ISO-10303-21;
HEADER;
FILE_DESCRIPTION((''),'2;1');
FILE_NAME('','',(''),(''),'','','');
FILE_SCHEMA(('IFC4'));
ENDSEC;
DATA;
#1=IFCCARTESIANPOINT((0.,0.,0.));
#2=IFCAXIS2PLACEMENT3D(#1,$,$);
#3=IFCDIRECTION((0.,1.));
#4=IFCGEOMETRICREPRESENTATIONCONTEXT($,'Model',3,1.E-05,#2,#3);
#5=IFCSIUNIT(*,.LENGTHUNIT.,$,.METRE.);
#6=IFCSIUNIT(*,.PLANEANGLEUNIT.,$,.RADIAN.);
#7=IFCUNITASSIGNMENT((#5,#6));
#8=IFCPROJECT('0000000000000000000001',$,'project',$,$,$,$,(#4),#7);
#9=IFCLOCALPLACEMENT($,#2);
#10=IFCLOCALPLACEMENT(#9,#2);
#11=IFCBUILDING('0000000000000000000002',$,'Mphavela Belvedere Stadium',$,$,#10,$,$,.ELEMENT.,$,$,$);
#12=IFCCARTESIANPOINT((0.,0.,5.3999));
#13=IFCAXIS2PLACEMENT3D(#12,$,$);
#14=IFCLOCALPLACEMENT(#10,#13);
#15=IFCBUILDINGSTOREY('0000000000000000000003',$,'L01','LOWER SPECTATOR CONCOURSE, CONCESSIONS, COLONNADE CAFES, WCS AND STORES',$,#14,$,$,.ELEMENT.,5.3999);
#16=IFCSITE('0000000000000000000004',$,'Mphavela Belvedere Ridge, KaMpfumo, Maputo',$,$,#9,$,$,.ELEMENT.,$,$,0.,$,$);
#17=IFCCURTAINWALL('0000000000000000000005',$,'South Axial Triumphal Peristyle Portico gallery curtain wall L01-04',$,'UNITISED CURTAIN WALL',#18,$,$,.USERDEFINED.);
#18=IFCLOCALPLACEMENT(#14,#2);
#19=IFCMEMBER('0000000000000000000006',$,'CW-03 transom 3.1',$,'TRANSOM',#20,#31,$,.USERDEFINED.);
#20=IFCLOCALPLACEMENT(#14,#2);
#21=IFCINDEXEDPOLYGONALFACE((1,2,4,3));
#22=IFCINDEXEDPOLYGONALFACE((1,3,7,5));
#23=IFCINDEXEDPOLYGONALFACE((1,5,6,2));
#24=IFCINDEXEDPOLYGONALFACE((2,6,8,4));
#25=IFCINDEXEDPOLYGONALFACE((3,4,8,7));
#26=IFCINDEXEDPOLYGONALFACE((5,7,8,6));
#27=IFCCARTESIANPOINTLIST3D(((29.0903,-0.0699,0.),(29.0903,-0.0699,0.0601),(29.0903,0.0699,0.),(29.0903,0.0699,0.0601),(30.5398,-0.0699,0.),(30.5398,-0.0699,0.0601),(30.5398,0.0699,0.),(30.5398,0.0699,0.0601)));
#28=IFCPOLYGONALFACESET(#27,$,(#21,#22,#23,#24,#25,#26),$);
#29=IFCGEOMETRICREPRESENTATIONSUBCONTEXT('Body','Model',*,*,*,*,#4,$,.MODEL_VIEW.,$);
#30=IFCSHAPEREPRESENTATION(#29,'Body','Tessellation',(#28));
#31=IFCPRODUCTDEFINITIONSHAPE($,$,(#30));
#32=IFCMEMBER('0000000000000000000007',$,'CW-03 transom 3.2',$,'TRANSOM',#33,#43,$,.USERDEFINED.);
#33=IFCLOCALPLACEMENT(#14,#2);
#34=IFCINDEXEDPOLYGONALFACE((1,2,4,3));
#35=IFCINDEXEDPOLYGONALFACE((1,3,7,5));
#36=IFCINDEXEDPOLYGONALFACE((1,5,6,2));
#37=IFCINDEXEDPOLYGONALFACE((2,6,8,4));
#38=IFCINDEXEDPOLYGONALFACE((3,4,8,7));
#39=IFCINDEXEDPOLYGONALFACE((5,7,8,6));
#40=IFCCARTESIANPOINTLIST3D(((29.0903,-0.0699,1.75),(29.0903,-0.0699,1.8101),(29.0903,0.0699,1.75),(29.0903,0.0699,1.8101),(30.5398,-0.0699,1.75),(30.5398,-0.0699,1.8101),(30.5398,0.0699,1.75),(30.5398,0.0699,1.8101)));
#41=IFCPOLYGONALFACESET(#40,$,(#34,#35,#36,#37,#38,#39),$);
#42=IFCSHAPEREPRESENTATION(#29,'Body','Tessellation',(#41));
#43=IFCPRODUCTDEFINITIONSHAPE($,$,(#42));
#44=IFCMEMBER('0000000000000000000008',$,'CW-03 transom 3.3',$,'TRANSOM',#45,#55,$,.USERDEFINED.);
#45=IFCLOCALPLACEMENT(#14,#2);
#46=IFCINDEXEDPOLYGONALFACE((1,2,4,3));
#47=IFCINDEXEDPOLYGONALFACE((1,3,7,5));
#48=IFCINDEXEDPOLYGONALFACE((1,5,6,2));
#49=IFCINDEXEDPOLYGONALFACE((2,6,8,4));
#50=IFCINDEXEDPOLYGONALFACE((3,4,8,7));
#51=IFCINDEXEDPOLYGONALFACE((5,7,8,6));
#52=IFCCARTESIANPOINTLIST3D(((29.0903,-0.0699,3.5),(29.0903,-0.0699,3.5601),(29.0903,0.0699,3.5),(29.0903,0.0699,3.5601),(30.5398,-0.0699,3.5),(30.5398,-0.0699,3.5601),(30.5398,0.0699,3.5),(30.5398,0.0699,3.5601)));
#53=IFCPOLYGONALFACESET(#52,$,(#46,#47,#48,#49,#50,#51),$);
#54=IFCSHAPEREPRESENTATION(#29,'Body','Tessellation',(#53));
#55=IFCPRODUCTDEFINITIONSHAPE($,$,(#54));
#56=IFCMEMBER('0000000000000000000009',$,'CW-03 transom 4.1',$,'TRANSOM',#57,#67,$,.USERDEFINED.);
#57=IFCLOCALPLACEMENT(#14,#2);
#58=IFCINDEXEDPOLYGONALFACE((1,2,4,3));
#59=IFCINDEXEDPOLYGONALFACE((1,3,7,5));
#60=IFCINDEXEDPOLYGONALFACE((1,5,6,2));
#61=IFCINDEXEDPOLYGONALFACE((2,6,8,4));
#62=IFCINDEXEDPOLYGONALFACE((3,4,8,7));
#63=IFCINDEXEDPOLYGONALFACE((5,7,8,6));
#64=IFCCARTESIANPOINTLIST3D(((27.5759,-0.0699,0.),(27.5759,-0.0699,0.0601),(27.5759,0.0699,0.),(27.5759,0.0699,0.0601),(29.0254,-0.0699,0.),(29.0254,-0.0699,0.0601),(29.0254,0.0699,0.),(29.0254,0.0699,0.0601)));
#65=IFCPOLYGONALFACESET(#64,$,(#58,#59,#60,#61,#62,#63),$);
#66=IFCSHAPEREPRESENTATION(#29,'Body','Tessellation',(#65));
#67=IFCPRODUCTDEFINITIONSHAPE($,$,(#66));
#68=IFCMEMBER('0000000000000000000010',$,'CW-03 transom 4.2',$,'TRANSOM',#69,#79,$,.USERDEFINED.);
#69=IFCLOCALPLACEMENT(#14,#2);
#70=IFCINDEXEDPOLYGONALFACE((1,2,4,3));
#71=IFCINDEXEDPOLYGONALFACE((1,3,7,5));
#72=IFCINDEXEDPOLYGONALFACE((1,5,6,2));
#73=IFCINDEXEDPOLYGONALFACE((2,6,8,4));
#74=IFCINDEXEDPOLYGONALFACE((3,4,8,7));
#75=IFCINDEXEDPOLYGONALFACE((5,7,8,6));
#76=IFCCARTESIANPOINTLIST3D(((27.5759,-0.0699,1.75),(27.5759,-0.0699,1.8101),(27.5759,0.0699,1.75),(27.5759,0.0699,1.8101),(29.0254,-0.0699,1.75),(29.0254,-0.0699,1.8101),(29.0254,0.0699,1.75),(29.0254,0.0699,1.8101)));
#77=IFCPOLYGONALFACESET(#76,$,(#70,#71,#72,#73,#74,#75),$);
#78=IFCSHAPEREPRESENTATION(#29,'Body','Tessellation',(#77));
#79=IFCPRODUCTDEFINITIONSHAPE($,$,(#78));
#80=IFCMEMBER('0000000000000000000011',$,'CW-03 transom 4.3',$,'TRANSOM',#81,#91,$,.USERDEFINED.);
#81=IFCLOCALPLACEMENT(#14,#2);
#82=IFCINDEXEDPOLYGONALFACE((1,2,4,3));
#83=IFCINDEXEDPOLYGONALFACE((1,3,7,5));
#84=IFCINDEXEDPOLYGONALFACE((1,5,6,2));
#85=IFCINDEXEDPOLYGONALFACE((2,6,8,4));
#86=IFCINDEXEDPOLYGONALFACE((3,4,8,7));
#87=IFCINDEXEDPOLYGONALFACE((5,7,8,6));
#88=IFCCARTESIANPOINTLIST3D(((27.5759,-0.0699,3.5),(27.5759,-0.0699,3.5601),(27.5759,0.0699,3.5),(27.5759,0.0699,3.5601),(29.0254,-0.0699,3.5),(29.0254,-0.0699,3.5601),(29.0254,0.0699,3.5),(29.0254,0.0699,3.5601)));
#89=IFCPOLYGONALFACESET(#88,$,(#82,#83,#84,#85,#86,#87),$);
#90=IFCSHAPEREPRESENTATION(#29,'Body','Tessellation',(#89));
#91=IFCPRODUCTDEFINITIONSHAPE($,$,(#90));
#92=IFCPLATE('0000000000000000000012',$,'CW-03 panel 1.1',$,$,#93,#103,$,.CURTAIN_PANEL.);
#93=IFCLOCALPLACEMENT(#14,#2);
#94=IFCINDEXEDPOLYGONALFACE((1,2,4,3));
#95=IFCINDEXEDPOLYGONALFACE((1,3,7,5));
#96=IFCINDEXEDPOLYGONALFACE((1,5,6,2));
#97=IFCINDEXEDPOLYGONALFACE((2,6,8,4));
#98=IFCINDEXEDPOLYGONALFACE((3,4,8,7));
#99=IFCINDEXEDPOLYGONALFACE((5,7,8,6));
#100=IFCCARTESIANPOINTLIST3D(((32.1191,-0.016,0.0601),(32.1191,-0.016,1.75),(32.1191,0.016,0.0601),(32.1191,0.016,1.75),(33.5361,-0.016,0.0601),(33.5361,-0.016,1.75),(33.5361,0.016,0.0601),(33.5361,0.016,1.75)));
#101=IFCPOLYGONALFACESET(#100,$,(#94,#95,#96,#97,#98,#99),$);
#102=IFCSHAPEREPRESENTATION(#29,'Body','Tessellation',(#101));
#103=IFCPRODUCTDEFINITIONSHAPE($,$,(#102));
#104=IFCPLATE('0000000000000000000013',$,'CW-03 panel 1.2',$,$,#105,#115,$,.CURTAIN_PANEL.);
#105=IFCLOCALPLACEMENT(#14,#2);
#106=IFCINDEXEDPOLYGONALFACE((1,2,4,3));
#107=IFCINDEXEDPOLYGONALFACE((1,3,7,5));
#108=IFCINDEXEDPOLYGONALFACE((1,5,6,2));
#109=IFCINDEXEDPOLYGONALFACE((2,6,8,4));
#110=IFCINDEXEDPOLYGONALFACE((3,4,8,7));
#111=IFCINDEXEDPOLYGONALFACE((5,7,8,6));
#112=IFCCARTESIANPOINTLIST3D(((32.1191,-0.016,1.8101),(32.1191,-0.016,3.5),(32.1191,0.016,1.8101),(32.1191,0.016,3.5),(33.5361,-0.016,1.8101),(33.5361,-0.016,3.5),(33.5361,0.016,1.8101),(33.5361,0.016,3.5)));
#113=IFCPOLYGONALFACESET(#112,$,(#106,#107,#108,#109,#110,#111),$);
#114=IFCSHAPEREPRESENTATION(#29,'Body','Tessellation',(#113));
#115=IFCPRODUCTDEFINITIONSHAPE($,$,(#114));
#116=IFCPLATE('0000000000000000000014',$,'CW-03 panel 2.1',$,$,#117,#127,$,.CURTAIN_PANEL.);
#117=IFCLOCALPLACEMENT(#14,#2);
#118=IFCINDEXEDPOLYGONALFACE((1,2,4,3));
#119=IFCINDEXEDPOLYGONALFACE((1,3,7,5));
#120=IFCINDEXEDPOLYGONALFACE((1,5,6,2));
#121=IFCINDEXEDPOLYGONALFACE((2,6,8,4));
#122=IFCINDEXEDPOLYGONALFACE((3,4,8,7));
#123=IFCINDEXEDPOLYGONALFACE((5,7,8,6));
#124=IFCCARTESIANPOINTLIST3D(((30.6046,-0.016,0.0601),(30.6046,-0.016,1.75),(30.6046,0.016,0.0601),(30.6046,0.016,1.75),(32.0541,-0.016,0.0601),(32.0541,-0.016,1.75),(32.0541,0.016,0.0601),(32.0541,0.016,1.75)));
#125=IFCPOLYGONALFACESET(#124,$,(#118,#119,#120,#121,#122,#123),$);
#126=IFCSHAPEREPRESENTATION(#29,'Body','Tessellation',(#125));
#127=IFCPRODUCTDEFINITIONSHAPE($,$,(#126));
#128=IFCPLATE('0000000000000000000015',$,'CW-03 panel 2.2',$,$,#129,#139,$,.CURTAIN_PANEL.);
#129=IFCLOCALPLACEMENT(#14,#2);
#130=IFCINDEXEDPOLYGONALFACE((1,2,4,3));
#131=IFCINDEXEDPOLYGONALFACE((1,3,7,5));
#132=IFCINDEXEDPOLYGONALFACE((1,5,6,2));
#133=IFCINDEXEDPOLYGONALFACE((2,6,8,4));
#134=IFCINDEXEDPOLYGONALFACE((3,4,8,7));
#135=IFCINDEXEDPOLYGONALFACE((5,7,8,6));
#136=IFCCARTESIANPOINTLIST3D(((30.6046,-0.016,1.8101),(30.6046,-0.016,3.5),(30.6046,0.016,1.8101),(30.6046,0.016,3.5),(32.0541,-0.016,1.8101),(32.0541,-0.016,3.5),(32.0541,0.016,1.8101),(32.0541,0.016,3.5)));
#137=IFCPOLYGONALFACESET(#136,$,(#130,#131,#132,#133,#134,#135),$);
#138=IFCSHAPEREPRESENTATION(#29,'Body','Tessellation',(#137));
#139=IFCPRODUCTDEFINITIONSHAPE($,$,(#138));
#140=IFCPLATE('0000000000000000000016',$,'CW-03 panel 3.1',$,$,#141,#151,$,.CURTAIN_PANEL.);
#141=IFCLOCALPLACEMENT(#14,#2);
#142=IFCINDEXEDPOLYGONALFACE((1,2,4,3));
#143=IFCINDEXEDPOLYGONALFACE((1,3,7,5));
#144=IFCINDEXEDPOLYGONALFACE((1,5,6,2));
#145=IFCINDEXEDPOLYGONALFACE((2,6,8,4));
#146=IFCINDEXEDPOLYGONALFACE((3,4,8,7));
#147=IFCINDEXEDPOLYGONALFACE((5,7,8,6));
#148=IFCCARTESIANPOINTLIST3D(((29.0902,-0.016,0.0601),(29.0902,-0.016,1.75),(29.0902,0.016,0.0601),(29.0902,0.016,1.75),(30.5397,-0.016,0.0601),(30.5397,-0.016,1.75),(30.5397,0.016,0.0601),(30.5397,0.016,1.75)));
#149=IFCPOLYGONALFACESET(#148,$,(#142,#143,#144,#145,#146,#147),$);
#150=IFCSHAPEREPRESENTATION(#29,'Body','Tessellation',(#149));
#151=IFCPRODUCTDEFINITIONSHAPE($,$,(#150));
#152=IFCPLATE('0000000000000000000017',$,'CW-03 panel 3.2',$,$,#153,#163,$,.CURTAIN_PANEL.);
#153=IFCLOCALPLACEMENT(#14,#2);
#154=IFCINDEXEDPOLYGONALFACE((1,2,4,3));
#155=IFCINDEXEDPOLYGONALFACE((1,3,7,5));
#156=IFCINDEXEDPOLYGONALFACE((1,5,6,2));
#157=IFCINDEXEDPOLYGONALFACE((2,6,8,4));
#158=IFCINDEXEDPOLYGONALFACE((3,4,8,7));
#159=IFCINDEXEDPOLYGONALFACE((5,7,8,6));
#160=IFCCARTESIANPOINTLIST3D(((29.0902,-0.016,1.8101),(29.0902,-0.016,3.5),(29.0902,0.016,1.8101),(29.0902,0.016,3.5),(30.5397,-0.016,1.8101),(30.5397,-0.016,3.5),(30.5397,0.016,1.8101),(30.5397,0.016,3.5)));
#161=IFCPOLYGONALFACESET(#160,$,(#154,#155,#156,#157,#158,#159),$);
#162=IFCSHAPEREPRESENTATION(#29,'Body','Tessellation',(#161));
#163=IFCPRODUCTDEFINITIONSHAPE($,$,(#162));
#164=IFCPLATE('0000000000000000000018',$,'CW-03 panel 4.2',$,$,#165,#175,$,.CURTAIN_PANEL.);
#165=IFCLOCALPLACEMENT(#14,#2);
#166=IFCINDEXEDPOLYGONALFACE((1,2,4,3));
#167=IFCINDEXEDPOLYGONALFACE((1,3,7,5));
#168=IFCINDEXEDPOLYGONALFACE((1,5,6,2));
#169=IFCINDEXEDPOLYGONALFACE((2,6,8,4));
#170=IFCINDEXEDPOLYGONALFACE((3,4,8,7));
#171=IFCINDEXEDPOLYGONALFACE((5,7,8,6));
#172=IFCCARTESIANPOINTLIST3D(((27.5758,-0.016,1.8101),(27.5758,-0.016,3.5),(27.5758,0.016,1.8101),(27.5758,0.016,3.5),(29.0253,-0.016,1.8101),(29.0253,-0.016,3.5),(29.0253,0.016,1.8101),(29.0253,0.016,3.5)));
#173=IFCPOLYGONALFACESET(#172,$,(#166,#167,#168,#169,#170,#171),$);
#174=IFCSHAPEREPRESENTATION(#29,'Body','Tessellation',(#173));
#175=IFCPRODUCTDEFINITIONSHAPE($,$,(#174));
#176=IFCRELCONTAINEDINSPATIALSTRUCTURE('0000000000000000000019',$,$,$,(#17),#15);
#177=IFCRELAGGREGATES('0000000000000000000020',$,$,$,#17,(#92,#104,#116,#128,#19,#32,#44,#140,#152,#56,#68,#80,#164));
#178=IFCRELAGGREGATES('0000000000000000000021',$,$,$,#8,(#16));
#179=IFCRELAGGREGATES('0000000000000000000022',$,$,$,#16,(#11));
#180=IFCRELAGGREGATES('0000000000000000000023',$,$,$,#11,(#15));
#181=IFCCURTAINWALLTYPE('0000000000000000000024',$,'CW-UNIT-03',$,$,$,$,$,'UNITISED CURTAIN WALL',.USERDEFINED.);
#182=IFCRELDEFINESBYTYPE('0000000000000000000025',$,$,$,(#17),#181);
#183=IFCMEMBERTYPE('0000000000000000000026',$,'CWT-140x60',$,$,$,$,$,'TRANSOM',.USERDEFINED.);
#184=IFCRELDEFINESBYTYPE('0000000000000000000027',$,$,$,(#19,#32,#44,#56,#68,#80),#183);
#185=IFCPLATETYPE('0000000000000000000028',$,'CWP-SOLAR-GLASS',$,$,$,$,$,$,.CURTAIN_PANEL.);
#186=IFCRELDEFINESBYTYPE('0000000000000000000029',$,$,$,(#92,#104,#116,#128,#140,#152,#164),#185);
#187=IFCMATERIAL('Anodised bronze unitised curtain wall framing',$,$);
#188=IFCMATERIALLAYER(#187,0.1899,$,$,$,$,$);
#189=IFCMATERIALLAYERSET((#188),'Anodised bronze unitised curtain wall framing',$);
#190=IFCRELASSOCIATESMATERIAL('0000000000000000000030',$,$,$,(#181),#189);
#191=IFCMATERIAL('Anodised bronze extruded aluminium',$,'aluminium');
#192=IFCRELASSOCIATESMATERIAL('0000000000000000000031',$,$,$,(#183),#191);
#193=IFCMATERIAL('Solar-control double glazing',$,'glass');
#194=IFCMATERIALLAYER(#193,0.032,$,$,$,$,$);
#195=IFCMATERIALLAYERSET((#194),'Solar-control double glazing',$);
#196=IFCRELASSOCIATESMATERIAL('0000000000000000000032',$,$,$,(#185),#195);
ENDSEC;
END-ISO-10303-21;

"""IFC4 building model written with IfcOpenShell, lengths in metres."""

from ifc_helpers import new_model, si_unit, direction, frame, origin, origin_2d, place, context, subcontext, project, spatial, rectangle, extrude, material, layer, layer_set, material_profile, profile_set, type_object, element, aggregate, save


model = new_model("IFC4")

# Units and contexts
model_context = context("Model", 3, precision=1e-05, world=origin(), true_north=direction((0.0, 1.0)))
body_context = subcontext(model_context, "Body", "Model", "MODEL_VIEW")
ifc_project = project(units=[si_unit("LENGTHUNIT", "METRE"), si_unit("PLANEANGLEUNIT", "RADIAN")], contexts=[model_context])

# Site, building, storey
site_placement = place(None, origin())
site = spatial("IfcSite", under=ifc_project, at=site_placement, Name="Mphavela Belvedere Ridge, KaMpfumo, Maputo", CompositionType="ELEMENT", RefElevation=0.0)
building_placement = place(site_placement, origin())
building = spatial("IfcBuilding", under=site, at=building_placement, Name="Mphavela Belvedere Stadium", CompositionType="ELEMENT")
storey_placement = place(building_placement, frame((0.0, 0.0, 5.3999)))
storey = spatial("IfcBuildingStorey", under=building, at=storey_placement, Name="L01", Description="LOWER SPECTATOR CONCOURSE, CONCESSIONS, COLONNADE CAFES, WCS AND STORES", CompositionType="ELEMENT", Elevation=5.3999)

# Curtain wall, members, plates
ifc_material_1 = material(Name="Anodised bronze unitised curtain wall framing")
ifc_layer_1 = layer(ifc_material_1, 0.1899)
ifc_layer_set_1 = layer_set([ifc_layer_1], Name="Anodised bronze unitised curtain wall framing")
curtain_wall_type = type_object("IfcCurtainWallType", Name="CW-UNIT-03", ElementType="UNITISED CURTAIN WALL", PredefinedType="USERDEFINED", material=ifc_layer_set_1)
curtain_wall_placement = place(storey_placement, origin())
curtain_wall = element("IfcCurtainWall", 1, at=curtain_wall_placement, inside=storey, type_object=curtain_wall_type, Name="South Axial Triumphal Peristyle Portico gallery curtain wall L01-04", ObjectType="UNITISED CURTAIN WALL", PredefinedType="USERDEFINED")
ifc_material_2 = material(Name="Anodised bronze extruded aluminium", Category="aluminium")
ifc_material_profile_1 = material_profile(ifc_material_2, rectangle(XDim=0.1399, YDim=0.0601, at=origin_2d()), Name="CW-TRN 140x60")
ifc_profile_set_1 = profile_set([ifc_material_profile_1], Name="Anodised bronze extruded aluminium")
member_type_1 = type_object("IfcMemberType", Name="CWT-140x60", ElementType="TRANSOM", PredefinedType="USERDEFINED", material=ifc_profile_set_1)
member_1_placement = place(storey_placement, frame((30.5398, 0.0, 0.03), z_axis=(-1.0, 0.0, 0.0), x_axis=(0.0, -1.0, 0.0)))
member_1 = element("IfcMember", 2, at=member_1_placement, type_object=member_type_1, Name="CW-03 transom 3.1", ObjectType="TRANSOM", PredefinedType="USERDEFINED", context=body_context, shape_type="SweptSolid", body=[
    extrude(rectangle(XDim=0.1399, YDim=0.0601, at=origin_2d()), origin(), (0.0, 0.0, 1.0), 1.4495),
])
member_2_placement = place(storey_placement, frame((30.5398, 0.0, 1.78), z_axis=(-1.0, 0.0, 0.0), x_axis=(0.0, -1.0, 0.0)))
member_2 = element("IfcMember", 3, at=member_2_placement, type_object=member_type_1, Name="CW-03 transom 3.2", ObjectType="TRANSOM", PredefinedType="USERDEFINED", context=body_context, shape_type="SweptSolid", body=[
    extrude(rectangle(XDim=0.1399, YDim=0.0601, at=origin_2d()), origin(), (0.0, 0.0, 1.0), 1.4495),
])
member_3_placement = place(storey_placement, frame((30.5398, 0.0, 3.53), z_axis=(-1.0, 0.0, 0.0), x_axis=(0.0, -1.0, 0.0)))
member_3 = element("IfcMember", 4, at=member_3_placement, type_object=member_type_1, Name="CW-03 transom 3.3", ObjectType="TRANSOM", PredefinedType="USERDEFINED", context=body_context, shape_type="SweptSolid", body=[
    extrude(rectangle(XDim=0.1399, YDim=0.0601, at=origin_2d()), origin(), (0.0, 0.0, 1.0), 1.4495),
])
member_4_placement = place(storey_placement, frame((29.0254, 0.0, 0.03), z_axis=(-1.0, 0.0, 0.0), x_axis=(0.0, -1.0, 0.0)))
member_4 = element("IfcMember", 5, at=member_4_placement, type_object=member_type_1, Name="CW-03 transom 4.1", ObjectType="TRANSOM", PredefinedType="USERDEFINED", context=body_context, shape_type="SweptSolid", body=[
    extrude(rectangle(XDim=0.1399, YDim=0.0601, at=origin_2d()), origin(), (0.0, 0.0, 1.0), 1.4495),
])
member_5_placement = place(storey_placement, frame((29.0254, 0.0, 1.78), z_axis=(-1.0, 0.0, 0.0), x_axis=(0.0, -1.0, 0.0)))
member_5 = element("IfcMember", 6, at=member_5_placement, type_object=member_type_1, Name="CW-03 transom 4.2", ObjectType="TRANSOM", PredefinedType="USERDEFINED", context=body_context, shape_type="SweptSolid", body=[
    extrude(rectangle(XDim=0.1399, YDim=0.0601, at=origin_2d()), origin(), (0.0, 0.0, 1.0), 1.4495),
])
member_6_placement = place(storey_placement, frame((29.0254, 0.0, 3.53), z_axis=(-1.0, 0.0, 0.0), x_axis=(0.0, -1.0, 0.0)))
member_6 = element("IfcMember", 7, at=member_6_placement, type_object=member_type_1, Name="CW-03 transom 4.3", ObjectType="TRANSOM", PredefinedType="USERDEFINED", context=body_context, shape_type="SweptSolid", body=[
    extrude(rectangle(XDim=0.1399, YDim=0.0601, at=origin_2d()), origin(), (0.0, 0.0, 1.0), 1.4495),
])
ifc_material_3 = material(Name="Solar-control double glazing", Category="glass")
ifc_layer_2 = layer(ifc_material_3, 0.032)
ifc_layer_set_2 = layer_set([ifc_layer_2], Name="Solar-control double glazing")
plate_type = type_object("IfcPlateType", Name="CWP-SOLAR-GLASS", PredefinedType="CURTAIN_PANEL", material=ifc_layer_set_2)
plate_1_placement = place(storey_placement, frame((32.8276, 0.0, 0.0601), z_axis=(0.0, 0.0, 1.0), x_axis=(-1.0, 0.0, 0.0)))
plate_1 = element("IfcPlate", 8, at=plate_1_placement, type_object=plate_type, Name="CW-03 panel 1.1", PredefinedType="CURTAIN_PANEL", context=body_context, shape_type="SweptSolid", body=[
    extrude(rectangle(XDim=1.417, YDim=0.032, at=origin_2d()), origin(), (0.0, 0.0, 1.0), 1.6899),
])
plate_2_placement = place(storey_placement, frame((32.8276, 0.0, 1.8101), z_axis=(0.0, 0.0, 1.0), x_axis=(-1.0, 0.0, 0.0)))
plate_2 = element("IfcPlate", 9, at=plate_2_placement, type_object=plate_type, Name="CW-03 panel 1.2", PredefinedType="CURTAIN_PANEL", context=body_context, shape_type="SweptSolid", body=[
    extrude(rectangle(XDim=1.417, YDim=0.032, at=origin_2d()), origin(), (0.0, 0.0, 1.0), 1.6899),
])
plate_3_placement = place(storey_placement, frame((31.3293, 0.0, 0.0601), z_axis=(0.0, 0.0, 1.0), x_axis=(-1.0, 0.0, 0.0)))
plate_3 = element("IfcPlate", 10, at=plate_3_placement, type_object=plate_type, Name="CW-03 panel 2.1", PredefinedType="CURTAIN_PANEL", context=body_context, shape_type="SweptSolid", body=[
    extrude(rectangle(XDim=1.4495, YDim=0.032, at=origin_2d()), origin(), (0.0, 0.0, 1.0), 1.6899),
])
plate_4_placement = place(storey_placement, frame((31.3293, 0.0, 1.8101), z_axis=(0.0, 0.0, 1.0), x_axis=(-1.0, 0.0, 0.0)))
plate_4 = element("IfcPlate", 11, at=plate_4_placement, type_object=plate_type, Name="CW-03 panel 2.2", PredefinedType="CURTAIN_PANEL", context=body_context, shape_type="SweptSolid", body=[
    extrude(rectangle(XDim=1.4495, YDim=0.032, at=origin_2d()), origin(), (0.0, 0.0, 1.0), 1.6899),
])
plate_5_placement = place(storey_placement, frame((29.8149, 0.0, 0.0601), z_axis=(0.0, 0.0, 1.0), x_axis=(-1.0, 0.0, 0.0)))
plate_5 = element("IfcPlate", 12, at=plate_5_placement, type_object=plate_type, Name="CW-03 panel 3.1", PredefinedType="CURTAIN_PANEL", context=body_context, shape_type="SweptSolid", body=[
    extrude(rectangle(XDim=1.4495, YDim=0.032, at=origin_2d()), origin(), (0.0, 0.0, 1.0), 1.6899),
])
plate_6_placement = place(storey_placement, frame((29.8149, 0.0, 1.8101), z_axis=(0.0, 0.0, 1.0), x_axis=(-1.0, 0.0, 0.0)))
plate_6 = element("IfcPlate", 13, at=plate_6_placement, type_object=plate_type, Name="CW-03 panel 3.2", PredefinedType="CURTAIN_PANEL", context=body_context, shape_type="SweptSolid", body=[
    extrude(rectangle(XDim=1.4495, YDim=0.032, at=origin_2d()), origin(), (0.0, 0.0, 1.0), 1.6899),
])
plate_7_placement = place(storey_placement, frame((28.3005, 0.0, 1.8101), z_axis=(0.0, 0.0, 1.0), x_axis=(-1.0, 0.0, 0.0)))
plate_7 = element("IfcPlate", 14, at=plate_7_placement, type_object=plate_type, Name="CW-03 panel 4.2", PredefinedType="CURTAIN_PANEL", context=body_context, shape_type="SweptSolid", body=[
    extrude(rectangle(XDim=1.4495, YDim=0.032, at=origin_2d()), origin(), (0.0, 0.0, 1.0), 1.6899),
])
aggregate(curtain_wall, [plate_1, plate_2, plate_3, plate_4, member_1, member_2, member_3, plate_5, plate_6, member_4, member_5, member_6, plate_7])

save(model, "model.ifc")
